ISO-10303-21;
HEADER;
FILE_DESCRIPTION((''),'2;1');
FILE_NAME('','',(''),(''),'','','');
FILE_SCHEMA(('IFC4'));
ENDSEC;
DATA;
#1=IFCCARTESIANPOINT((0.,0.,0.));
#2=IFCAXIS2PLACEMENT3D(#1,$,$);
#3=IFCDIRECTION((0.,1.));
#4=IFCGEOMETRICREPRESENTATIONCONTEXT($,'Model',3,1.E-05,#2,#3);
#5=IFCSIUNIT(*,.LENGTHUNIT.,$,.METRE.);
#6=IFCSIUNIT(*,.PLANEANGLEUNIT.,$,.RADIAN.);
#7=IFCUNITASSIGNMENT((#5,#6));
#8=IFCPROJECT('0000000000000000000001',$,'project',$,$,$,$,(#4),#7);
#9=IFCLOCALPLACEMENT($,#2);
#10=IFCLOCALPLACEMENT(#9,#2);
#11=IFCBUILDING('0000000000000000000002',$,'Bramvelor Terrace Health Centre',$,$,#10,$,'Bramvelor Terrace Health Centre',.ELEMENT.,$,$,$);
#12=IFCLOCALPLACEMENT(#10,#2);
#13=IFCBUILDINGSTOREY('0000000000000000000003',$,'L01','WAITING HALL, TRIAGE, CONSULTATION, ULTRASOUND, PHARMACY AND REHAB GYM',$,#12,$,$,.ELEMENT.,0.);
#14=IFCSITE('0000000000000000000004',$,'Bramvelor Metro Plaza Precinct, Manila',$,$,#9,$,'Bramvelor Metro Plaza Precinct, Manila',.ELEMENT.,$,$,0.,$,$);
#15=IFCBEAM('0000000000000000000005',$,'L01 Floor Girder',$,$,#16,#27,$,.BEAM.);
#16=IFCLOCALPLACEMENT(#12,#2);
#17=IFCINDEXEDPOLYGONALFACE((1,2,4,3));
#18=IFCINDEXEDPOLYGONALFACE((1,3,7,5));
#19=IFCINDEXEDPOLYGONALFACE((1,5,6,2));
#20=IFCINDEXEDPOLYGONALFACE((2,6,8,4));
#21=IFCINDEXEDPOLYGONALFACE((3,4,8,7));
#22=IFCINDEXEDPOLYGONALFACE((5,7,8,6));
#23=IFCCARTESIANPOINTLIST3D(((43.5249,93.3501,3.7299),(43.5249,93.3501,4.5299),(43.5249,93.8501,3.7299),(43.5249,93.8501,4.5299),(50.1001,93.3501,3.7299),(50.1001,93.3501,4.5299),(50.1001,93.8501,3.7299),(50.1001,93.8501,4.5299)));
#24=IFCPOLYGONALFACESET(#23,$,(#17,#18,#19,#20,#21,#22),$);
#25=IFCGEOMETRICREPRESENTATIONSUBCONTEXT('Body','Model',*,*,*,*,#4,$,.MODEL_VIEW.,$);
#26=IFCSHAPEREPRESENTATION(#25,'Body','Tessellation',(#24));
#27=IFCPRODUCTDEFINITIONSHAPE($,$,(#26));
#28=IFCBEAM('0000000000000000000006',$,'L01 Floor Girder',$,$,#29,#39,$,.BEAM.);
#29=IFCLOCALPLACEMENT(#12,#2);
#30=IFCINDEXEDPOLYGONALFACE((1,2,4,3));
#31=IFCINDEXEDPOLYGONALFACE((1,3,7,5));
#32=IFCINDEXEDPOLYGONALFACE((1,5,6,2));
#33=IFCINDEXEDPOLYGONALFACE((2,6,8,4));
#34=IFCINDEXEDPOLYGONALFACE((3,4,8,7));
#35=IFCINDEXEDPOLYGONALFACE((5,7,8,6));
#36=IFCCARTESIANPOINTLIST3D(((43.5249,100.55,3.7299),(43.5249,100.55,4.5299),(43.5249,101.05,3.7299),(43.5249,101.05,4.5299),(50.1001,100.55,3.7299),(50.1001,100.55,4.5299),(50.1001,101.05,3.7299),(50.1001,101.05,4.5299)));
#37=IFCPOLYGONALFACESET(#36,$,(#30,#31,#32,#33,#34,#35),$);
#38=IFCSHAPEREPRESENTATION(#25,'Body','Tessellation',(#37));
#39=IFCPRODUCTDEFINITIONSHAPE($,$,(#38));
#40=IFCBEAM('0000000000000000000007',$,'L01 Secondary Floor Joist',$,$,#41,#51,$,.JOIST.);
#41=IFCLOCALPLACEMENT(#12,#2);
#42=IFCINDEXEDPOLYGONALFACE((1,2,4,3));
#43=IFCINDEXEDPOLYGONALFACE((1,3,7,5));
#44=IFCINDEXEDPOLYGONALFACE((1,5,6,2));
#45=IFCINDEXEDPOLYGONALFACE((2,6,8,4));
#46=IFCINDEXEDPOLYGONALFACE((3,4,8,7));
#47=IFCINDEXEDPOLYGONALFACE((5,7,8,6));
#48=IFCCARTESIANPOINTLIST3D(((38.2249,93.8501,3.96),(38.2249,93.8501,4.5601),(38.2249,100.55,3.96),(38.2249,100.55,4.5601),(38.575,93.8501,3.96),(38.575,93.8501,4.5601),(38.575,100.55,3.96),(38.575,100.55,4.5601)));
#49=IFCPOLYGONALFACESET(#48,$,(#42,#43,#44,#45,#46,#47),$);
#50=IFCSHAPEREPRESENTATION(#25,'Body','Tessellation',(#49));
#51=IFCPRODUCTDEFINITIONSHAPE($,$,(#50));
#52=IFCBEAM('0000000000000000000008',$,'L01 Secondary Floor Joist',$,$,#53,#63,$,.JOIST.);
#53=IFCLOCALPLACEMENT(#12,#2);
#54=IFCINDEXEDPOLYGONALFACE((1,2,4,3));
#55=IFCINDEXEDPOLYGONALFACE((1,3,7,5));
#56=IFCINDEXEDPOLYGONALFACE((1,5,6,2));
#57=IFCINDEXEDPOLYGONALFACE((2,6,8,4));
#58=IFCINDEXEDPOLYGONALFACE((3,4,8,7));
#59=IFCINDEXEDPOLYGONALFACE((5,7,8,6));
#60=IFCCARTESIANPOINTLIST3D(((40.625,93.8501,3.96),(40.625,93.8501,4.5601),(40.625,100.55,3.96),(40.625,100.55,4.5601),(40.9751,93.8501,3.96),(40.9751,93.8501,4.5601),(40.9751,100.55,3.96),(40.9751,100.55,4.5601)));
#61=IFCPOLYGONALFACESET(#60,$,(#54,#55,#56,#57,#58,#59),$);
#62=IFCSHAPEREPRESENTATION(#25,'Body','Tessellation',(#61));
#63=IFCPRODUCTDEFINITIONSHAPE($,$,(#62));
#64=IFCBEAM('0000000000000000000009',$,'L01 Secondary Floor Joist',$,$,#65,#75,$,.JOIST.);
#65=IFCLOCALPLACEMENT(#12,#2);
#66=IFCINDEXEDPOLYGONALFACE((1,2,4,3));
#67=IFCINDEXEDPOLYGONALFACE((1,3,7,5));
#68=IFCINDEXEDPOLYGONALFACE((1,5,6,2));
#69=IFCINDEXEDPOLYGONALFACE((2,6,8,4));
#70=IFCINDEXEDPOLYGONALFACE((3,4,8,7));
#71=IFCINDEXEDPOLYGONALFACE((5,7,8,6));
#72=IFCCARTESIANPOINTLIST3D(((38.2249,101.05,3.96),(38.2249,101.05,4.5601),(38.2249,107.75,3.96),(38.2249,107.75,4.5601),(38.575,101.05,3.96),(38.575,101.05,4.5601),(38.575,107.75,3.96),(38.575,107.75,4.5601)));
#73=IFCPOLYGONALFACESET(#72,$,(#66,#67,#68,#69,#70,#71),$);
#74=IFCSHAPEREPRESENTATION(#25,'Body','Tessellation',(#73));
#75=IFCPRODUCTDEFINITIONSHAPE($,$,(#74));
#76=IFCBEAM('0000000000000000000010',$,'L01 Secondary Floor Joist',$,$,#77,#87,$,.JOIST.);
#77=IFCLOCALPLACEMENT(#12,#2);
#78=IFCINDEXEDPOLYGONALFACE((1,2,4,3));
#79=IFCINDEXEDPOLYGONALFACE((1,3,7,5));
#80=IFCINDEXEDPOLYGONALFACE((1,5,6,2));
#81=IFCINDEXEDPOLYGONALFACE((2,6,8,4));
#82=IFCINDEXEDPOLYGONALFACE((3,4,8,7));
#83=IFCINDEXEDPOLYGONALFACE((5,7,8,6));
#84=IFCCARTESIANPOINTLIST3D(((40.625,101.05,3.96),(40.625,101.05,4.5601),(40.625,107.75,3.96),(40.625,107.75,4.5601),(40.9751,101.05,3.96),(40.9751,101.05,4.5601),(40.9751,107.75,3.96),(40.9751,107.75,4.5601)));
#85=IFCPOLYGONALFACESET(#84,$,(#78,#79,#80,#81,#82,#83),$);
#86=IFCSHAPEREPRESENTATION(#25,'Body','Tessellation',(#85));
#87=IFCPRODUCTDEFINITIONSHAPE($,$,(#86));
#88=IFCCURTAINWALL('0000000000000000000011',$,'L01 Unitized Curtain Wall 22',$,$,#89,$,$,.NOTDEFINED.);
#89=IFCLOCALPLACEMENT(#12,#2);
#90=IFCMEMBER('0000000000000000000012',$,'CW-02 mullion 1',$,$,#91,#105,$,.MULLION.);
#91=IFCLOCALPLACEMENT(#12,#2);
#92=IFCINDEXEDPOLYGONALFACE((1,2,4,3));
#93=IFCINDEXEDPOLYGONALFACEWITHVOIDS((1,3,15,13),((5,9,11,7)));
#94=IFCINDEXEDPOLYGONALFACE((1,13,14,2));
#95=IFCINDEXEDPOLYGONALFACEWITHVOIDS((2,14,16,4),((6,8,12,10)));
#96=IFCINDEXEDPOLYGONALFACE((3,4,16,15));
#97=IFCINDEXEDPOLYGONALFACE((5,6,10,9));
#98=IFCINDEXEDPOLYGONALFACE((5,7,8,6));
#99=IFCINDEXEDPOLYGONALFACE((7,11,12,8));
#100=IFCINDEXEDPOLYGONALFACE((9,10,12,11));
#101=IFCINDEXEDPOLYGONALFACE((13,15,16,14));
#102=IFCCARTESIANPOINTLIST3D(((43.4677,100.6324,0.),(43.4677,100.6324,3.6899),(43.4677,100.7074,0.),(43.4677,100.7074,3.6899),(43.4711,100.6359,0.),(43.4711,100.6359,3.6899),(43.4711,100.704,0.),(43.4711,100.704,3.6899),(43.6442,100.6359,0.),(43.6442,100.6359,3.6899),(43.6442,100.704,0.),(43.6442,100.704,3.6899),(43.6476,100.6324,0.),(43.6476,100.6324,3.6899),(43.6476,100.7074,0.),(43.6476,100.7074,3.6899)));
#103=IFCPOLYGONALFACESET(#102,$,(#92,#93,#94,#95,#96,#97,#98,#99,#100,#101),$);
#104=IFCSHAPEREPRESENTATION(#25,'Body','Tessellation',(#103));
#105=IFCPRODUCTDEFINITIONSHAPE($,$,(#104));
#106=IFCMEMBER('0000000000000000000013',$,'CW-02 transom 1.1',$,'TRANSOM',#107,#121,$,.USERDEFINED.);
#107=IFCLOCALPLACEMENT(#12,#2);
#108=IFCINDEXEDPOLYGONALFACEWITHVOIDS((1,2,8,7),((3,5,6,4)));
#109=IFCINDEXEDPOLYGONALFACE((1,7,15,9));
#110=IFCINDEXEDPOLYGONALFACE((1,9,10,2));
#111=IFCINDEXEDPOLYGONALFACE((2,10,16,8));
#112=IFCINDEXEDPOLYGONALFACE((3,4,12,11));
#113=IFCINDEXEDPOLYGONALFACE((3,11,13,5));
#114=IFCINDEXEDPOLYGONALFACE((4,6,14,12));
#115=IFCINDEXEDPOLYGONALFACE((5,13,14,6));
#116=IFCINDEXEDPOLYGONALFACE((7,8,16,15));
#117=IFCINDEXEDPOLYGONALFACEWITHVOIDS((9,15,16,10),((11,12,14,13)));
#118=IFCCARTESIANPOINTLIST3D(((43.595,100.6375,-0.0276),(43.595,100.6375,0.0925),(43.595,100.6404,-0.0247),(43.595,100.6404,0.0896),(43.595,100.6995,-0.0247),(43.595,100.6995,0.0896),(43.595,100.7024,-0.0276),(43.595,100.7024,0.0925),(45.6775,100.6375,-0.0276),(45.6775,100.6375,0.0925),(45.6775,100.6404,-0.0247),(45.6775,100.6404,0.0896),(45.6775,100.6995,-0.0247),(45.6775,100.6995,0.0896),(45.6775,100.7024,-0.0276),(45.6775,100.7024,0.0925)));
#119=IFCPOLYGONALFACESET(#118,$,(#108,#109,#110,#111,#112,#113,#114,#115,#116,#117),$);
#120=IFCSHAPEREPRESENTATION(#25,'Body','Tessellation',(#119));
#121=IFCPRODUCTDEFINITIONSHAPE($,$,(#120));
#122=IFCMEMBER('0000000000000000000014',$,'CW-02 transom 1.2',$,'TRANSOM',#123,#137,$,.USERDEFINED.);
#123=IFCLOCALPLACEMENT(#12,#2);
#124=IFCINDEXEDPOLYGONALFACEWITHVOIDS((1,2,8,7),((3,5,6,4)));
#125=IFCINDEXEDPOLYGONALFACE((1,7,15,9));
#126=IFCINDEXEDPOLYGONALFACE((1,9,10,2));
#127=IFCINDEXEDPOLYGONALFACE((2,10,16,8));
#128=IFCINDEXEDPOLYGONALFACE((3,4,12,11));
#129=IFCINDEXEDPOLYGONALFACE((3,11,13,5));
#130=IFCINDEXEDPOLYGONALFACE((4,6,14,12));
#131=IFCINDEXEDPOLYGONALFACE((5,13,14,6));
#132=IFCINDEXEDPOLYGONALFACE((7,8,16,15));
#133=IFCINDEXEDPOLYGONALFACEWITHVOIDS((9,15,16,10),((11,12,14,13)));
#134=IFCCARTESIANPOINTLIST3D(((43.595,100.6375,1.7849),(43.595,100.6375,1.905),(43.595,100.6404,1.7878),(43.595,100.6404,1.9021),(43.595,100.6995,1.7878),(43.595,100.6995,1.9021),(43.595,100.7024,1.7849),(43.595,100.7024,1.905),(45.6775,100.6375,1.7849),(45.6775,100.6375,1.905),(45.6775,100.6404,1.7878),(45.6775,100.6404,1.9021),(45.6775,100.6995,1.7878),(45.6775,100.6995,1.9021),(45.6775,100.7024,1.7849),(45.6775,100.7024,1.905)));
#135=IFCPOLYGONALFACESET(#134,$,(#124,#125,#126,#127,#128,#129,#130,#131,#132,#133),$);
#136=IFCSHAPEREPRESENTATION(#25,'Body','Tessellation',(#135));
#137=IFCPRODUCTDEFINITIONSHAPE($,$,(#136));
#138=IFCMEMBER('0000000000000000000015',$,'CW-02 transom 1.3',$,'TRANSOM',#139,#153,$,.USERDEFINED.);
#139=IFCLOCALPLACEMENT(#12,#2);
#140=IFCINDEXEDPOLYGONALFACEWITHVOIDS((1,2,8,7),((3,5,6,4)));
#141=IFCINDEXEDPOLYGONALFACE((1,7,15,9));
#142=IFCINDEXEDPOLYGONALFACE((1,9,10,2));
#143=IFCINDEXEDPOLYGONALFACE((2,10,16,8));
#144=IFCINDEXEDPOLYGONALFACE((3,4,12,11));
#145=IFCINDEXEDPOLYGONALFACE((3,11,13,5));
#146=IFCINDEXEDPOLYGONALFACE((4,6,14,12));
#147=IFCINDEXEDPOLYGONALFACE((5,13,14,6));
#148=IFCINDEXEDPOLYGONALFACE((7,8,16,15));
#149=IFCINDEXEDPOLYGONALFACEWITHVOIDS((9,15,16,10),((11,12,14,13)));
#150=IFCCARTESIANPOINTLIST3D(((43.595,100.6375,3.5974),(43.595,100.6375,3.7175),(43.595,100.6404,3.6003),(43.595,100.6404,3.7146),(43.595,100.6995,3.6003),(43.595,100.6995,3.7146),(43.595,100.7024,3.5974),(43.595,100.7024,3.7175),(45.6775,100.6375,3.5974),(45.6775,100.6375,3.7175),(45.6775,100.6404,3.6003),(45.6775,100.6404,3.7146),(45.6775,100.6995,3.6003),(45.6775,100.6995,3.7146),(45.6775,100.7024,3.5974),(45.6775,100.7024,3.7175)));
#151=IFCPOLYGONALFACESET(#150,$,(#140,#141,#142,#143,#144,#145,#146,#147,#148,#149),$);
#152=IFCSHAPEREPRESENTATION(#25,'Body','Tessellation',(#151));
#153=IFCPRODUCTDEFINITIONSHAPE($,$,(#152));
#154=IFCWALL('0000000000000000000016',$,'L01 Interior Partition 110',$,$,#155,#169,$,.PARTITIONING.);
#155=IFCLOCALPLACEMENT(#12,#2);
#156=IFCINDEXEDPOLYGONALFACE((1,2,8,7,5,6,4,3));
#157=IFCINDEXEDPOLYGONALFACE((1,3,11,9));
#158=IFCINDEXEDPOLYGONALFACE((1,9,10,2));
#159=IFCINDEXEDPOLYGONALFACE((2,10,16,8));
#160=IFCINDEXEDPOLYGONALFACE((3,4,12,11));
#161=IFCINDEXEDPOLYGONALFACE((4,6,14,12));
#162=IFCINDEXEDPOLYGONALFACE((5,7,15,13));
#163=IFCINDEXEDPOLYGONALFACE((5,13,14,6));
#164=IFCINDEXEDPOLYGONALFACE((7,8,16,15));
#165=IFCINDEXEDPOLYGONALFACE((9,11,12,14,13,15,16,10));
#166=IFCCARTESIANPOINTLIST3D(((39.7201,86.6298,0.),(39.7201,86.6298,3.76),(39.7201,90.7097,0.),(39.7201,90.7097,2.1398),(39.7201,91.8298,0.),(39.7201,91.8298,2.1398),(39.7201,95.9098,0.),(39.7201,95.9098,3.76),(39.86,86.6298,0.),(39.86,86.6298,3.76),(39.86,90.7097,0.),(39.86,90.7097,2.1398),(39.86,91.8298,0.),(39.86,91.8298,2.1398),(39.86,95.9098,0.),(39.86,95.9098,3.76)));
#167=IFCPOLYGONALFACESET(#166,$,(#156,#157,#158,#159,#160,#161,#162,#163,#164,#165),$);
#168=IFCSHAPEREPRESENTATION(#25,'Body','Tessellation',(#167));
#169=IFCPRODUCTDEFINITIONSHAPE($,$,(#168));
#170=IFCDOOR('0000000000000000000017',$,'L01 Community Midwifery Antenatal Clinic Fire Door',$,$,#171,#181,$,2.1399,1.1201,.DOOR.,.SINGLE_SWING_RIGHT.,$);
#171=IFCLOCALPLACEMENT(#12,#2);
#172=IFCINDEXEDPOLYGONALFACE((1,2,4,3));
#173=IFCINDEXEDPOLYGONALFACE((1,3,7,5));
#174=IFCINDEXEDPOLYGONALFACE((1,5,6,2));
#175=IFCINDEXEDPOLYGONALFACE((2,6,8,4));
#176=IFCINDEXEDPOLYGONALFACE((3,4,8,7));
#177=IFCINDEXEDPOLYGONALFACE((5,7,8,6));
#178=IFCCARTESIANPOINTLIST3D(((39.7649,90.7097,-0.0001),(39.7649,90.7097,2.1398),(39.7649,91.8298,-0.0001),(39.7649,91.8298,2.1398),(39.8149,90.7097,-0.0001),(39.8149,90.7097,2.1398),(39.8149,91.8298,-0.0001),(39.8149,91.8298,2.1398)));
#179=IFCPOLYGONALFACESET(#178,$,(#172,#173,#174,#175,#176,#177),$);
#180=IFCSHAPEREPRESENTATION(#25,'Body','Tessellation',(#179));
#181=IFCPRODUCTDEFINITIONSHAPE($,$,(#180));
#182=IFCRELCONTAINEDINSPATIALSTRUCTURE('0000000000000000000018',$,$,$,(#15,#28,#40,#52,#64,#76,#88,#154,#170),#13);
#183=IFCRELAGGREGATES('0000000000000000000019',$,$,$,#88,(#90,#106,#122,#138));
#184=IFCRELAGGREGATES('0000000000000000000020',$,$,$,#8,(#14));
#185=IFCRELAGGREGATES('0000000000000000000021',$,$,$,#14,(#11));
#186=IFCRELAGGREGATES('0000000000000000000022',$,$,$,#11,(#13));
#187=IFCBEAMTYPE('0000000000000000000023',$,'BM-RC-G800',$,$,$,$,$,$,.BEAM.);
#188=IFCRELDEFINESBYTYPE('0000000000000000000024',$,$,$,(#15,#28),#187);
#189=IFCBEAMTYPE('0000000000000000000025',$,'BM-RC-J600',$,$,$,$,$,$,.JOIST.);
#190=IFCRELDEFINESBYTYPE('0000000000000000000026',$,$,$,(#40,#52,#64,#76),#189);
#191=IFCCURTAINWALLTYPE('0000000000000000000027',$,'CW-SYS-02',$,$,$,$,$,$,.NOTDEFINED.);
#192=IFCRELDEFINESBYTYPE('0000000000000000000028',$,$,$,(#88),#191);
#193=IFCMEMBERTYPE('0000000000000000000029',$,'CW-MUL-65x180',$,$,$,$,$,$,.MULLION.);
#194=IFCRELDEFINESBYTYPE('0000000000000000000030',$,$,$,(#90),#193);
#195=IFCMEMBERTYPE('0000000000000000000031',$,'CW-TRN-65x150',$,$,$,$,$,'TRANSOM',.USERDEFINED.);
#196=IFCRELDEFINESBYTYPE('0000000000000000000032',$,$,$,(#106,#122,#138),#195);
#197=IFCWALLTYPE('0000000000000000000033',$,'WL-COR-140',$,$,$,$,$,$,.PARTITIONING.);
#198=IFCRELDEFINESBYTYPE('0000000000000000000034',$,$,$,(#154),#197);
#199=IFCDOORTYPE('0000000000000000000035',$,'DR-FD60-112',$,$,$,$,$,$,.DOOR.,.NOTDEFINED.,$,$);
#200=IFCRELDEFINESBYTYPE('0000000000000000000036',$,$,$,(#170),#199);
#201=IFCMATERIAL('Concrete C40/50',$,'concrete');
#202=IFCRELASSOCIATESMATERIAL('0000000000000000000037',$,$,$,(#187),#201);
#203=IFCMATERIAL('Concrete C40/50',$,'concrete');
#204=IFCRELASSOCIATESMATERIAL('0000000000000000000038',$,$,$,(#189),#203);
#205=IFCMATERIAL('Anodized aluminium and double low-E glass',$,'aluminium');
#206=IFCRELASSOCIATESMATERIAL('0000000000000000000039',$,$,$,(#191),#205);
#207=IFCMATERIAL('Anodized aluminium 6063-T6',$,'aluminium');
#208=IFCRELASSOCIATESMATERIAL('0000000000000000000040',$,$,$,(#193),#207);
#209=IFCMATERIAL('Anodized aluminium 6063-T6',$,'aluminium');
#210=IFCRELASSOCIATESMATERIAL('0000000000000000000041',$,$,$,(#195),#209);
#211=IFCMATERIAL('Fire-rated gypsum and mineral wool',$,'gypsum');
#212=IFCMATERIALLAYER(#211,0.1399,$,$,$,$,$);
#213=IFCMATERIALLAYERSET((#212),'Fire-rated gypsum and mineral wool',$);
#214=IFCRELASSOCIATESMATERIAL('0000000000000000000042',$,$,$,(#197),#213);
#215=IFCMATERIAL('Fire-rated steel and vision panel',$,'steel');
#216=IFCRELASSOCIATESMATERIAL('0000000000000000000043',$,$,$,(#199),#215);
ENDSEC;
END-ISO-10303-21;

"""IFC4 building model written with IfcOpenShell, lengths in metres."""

from ifc_helpers import new_model, si_unit, direction, frame, frame_2d, origin, origin_2d, place, context, subcontext, project, spatial, rectangle, hollow_rectangle, extrude, material, layer, layer_set, material_profile, profile_set, type_object, element, fill, aggregate, save


model = new_model("IFC4")

# Units and contexts
model_context = context("Model", 3, precision=1e-05, world=origin(), true_north=direction((0.0, 1.0)))
body_context = subcontext(model_context, "Body", "Model", "MODEL_VIEW")
ifc_project = project(units=[si_unit("LENGTHUNIT", "METRE"), si_unit("PLANEANGLEUNIT", "RADIAN")], contexts=[model_context])

# Site, building, storey
site_placement = place(None, origin())
site = spatial("IfcSite", under=ifc_project, at=site_placement, Name="Bramvelor Metro Plaza Precinct, Manila", LongName="Bramvelor Metro Plaza Precinct, Manila", CompositionType="ELEMENT", RefElevation=0.0)
building_placement = place(site_placement, origin())
building = spatial("IfcBuilding", under=site, at=building_placement, Name="Bramvelor Terrace Health Centre", LongName="Bramvelor Terrace Health Centre", CompositionType="ELEMENT")
storey_placement = place(building_placement, origin())
storey = spatial("IfcBuildingStorey", under=building, at=storey_placement, Name="L01", Description="WAITING HALL, TRIAGE, CONSULTATION, ULTRASOUND, PHARMACY AND REHAB GYM", CompositionType="ELEMENT", Elevation=0.0)

# Beams
ifc_material_1 = material(Name="Concrete C40/50", Category="concrete")
ifc_material_profile_1 = material_profile(ifc_material_1, rectangle(XDim=0.5, YDim=0.8, at=origin_2d()), Name="RC 500x800")
ifc_profile_set_1 = profile_set([ifc_material_profile_1], Name="Concrete C40/50")
beam_type_1 = type_object("IfcBeamType", Name="BM-RC-G800", PredefinedType="BEAM", material=ifc_profile_set_1)
for number, where, z_axis, x_axis, name in (
    (1, (43.5249, 93.6001, 4.1299), (1.0, 0.0, 0.0), (0.0, 1.0, 0.0), "L01 Floor Girder"),
    (2, (43.5249, 100.8, 4.1299), (1.0, 0.0, 0.0), (0.0, 1.0, 0.0), "L01 Floor Girder"),
):
    element("IfcBeam", number, at=place(storey_placement, frame(where, z_axis=z_axis, x_axis=x_axis)), inside=storey, type_object=beam_type_1, Name=name, PredefinedType="BEAM", context=body_context, shape_type="SweptSolid", body=[
        extrude(rectangle(XDim=0.5, YDim=0.8, at=origin_2d()), origin(), (0.0, 0.0, 1.0), 6.5752),
    ])
ifc_material_2 = material(Name="Concrete C40/50", Category="concrete")
ifc_material_profile_2 = material_profile(ifc_material_2, rectangle(XDim=0.3501, YDim=0.6001, at=origin_2d()), Name="RC 350x600")
ifc_profile_set_2 = profile_set([ifc_material_profile_2], Name="Concrete C40/50")
beam_type_2 = type_object("IfcBeamType", Name="BM-RC-J600", PredefinedType="JOIST", material=ifc_profile_set_2)
for number, where, z_axis, x_axis, name in (
    (3, (38.3999, 93.8501, 4.26), (0.0, 1.0, 0.0), (-1.0, 0.0, 0.0), "L01 Secondary Floor Joist"),
    (4, (40.8, 93.8501, 4.26), (0.0, 1.0, 0.0), (-1.0, 0.0, 0.0), "L01 Secondary Floor Joist"),
    (5, (38.3999, 101.05, 4.26), (0.0, 1.0, 0.0), (-1.0, 0.0, 0.0), "L01 Secondary Floor Joist"),
    (6, (40.8, 101.05, 4.26), (0.0, 1.0, 0.0), (-1.0, 0.0, 0.0), "L01 Secondary Floor Joist"),
):
    element("IfcBeam", number, at=place(storey_placement, frame(where, z_axis=z_axis, x_axis=x_axis)), inside=storey, type_object=beam_type_2, Name=name, PredefinedType="JOIST", context=body_context, shape_type="SweptSolid", body=[
        extrude(rectangle(XDim=0.3501, YDim=0.6001, at=origin_2d()), origin(), (0.0, 0.0, 1.0), 6.7),
    ])

# Curtain wall, members
ifc_material_3 = material(Name="Anodized aluminium and double low-E glass", Category="aluminium")
curtain_wall_type = type_object("IfcCurtainWallType", Name="CW-SYS-02", PredefinedType="NOTDEFINED", material=ifc_material_3)
curtain_wall_placement = place(storey_placement, origin())
curtain_wall = element("IfcCurtainWall", 7, at=curtain_wall_placement, inside=storey, type_object=curtain_wall_type, Name="L01 Unitized Curtain Wall 22", PredefinedType="NOTDEFINED")
ifc_material_4 = material(Name="Anodized aluminium 6063-T6", Category="aluminium")
ifc_material_profile_3 = material_profile(ifc_material_4, hollow_rectangle(XDim=0.075, YDim=0.1799, WallThickness=0.0034, at=origin_2d()), Name="ALU-MUL 75x180x3.5")
ifc_profile_set_3 = profile_set([ifc_material_profile_3], Name="Anodized aluminium 6063-T6")
member_type_1 = type_object("IfcMemberType", Name="CW-MUL-65x180", PredefinedType="MULLION", material=ifc_profile_set_3)
member_1_placement = place(storey_placement, frame((43.5576, 100.6699, 0.0), z_axis=(0.0, 0.0, 1.0), x_axis=(0.0, 1.0, 0.0)))
member_1 = element("IfcMember", 8, at=member_1_placement, type_object=member_type_1, Name="CW-02 mullion 1", PredefinedType="MULLION", context=body_context, shape_type="SweptSolid", body=[
    extrude(hollow_rectangle(XDim=0.075, YDim=0.1799, WallThickness=0.0034, at=origin_2d()), origin(), (0.0, 0.0, 1.0), 3.6899),
])
ifc_material_5 = material(Name="Anodized aluminium 6063-T6", Category="aluminium")
ifc_material_profile_4 = material_profile(ifc_material_5, hollow_rectangle(XDim=0.0649, YDim=0.1201, WallThickness=0.0029, at=origin_2d()), Name="ALU-TRN 65x120x3.0")
ifc_profile_set_4 = profile_set([ifc_material_profile_4], Name="Anodized aluminium 6063-T6")
member_type_2 = type_object("IfcMemberType", Name="CW-TRN-65x150", ElementType="TRANSOM", PredefinedType="USERDEFINED", material=ifc_profile_set_4)
member_2_placement = place(storey_placement, frame((43.595, 100.6699, 0.0325), z_axis=(1.0, 0.0, 0.0), x_axis=(0.0, 1.0, 0.0)))
member_2 = element("IfcMember", 9, at=member_2_placement, type_object=member_type_2, Name="CW-02 transom 1.1", ObjectType="TRANSOM", PredefinedType="USERDEFINED", context=body_context, shape_type="SweptSolid", body=[
    extrude(hollow_rectangle(XDim=0.0649, YDim=0.1201, WallThickness=0.0029, at=origin_2d()), origin(), (0.0, 0.0, 1.0), 2.0825),
])
member_3_placement = place(storey_placement, frame((43.595, 100.6699, 1.845), z_axis=(1.0, 0.0, 0.0), x_axis=(0.0, 1.0, 0.0)))
member_3 = element("IfcMember", 10, at=member_3_placement, type_object=member_type_2, Name="CW-02 transom 1.2", ObjectType="TRANSOM", PredefinedType="USERDEFINED", context=body_context, shape_type="SweptSolid", body=[
    extrude(hollow_rectangle(XDim=0.0649, YDim=0.1201, WallThickness=0.0029, at=origin_2d()), origin(), (0.0, 0.0, 1.0), 2.0825),
])
member_4_placement = place(storey_placement, frame((43.595, 100.6699, 3.6575), z_axis=(1.0, 0.0, 0.0), x_axis=(0.0, 1.0, 0.0)))
member_4 = element("IfcMember", 11, at=member_4_placement, type_object=member_type_2, Name="CW-02 transom 1.3", ObjectType="TRANSOM", PredefinedType="USERDEFINED", context=body_context, shape_type="SweptSolid", body=[
    extrude(hollow_rectangle(XDim=0.0649, YDim=0.1201, WallThickness=0.0029, at=origin_2d()), origin(), (0.0, 0.0, 1.0), 2.0825),
])
aggregate(curtain_wall, [member_1, member_2, member_3, member_4])

# Wall, opening, door
ifc_material_6 = material(Name="Fire-rated gypsum and mineral wool", Category="gypsum")
ifc_layer_1 = layer(ifc_material_6, 0.1399)
ifc_layer_set_1 = layer_set([ifc_layer_1], Name="Fire-rated gypsum and mineral wool")
wall_type_1 = type_object("IfcWallType", Name="WL-COR-140", PredefinedType="PARTITIONING", material=ifc_layer_set_1)
wall_1_placement = place(storey_placement, frame((39.79, 95.9099, 0.0), z_axis=(0.0, 0.0, 1.0), x_axis=(0.0, -1.0, 0.0)))
wall_1 = element("IfcWall", 12, at=wall_1_placement, inside=storey, type_object=wall_type_1, Name="L01 Interior Partition 110", PredefinedType="PARTITIONING", context=body_context, shape_type="SweptSolid", body=[
    extrude(rectangle(XDim=9.28, YDim=0.1399, at=frame_2d((4.6401, 0.0))), origin(), (0.0, 0.0, 1.0), 3.76),
])
opening_1_placement = place(wall_1_placement, frame((4.0801, 0.0, 0.0)))
opening_1 = element("IfcOpeningElement", 13, at=opening_1_placement, cuts=wall_1, PredefinedType="OPENING", context=body_context, shape_type="SweptSolid", body=[
    extrude(rectangle(XDim=1.1201, YDim=2.1399, at=frame_2d((0.5601, 1.0698))), frame((0.0, 0.0798, 0.0), z_axis=(0.0, -1.0, 0.0), x_axis=(1.0, 0.0, 0.0)), (0.0, 0.0, 1.0), 0.1599),
])
ifc_material_7 = material(Name="Fire-rated steel and vision panel", Category="steel")
door_type = type_object("IfcDoorType", Name="DR-FD60-112", OperationType="NOTDEFINED", PredefinedType="DOOR", material=ifc_material_7)
door_placement = place(opening_1_placement, origin())
door = element("IfcDoor", 14, at=door_placement, inside=storey, type_object=door_type, Name="L01 Community Midwifery Antenatal Clinic Fire Door", OperationType="SINGLE_SWING_RIGHT", OverallHeight=2.1399, OverallWidth=1.1201, PredefinedType="DOOR", context=body_context, shape_type="SweptSolid", body=[
    extrude(rectangle(XDim=1.1201, YDim=2.1399, at=frame_2d((0.5601, 1.0698))), frame((0.0, 0.0249, 0.0), z_axis=(0.0, -1.0, 0.0), x_axis=(1.0, 0.0, 0.0)), (0.0, 0.0, 1.0), 0.05),
])
fill(opening_1, door)

save(model, "model.ifc")
